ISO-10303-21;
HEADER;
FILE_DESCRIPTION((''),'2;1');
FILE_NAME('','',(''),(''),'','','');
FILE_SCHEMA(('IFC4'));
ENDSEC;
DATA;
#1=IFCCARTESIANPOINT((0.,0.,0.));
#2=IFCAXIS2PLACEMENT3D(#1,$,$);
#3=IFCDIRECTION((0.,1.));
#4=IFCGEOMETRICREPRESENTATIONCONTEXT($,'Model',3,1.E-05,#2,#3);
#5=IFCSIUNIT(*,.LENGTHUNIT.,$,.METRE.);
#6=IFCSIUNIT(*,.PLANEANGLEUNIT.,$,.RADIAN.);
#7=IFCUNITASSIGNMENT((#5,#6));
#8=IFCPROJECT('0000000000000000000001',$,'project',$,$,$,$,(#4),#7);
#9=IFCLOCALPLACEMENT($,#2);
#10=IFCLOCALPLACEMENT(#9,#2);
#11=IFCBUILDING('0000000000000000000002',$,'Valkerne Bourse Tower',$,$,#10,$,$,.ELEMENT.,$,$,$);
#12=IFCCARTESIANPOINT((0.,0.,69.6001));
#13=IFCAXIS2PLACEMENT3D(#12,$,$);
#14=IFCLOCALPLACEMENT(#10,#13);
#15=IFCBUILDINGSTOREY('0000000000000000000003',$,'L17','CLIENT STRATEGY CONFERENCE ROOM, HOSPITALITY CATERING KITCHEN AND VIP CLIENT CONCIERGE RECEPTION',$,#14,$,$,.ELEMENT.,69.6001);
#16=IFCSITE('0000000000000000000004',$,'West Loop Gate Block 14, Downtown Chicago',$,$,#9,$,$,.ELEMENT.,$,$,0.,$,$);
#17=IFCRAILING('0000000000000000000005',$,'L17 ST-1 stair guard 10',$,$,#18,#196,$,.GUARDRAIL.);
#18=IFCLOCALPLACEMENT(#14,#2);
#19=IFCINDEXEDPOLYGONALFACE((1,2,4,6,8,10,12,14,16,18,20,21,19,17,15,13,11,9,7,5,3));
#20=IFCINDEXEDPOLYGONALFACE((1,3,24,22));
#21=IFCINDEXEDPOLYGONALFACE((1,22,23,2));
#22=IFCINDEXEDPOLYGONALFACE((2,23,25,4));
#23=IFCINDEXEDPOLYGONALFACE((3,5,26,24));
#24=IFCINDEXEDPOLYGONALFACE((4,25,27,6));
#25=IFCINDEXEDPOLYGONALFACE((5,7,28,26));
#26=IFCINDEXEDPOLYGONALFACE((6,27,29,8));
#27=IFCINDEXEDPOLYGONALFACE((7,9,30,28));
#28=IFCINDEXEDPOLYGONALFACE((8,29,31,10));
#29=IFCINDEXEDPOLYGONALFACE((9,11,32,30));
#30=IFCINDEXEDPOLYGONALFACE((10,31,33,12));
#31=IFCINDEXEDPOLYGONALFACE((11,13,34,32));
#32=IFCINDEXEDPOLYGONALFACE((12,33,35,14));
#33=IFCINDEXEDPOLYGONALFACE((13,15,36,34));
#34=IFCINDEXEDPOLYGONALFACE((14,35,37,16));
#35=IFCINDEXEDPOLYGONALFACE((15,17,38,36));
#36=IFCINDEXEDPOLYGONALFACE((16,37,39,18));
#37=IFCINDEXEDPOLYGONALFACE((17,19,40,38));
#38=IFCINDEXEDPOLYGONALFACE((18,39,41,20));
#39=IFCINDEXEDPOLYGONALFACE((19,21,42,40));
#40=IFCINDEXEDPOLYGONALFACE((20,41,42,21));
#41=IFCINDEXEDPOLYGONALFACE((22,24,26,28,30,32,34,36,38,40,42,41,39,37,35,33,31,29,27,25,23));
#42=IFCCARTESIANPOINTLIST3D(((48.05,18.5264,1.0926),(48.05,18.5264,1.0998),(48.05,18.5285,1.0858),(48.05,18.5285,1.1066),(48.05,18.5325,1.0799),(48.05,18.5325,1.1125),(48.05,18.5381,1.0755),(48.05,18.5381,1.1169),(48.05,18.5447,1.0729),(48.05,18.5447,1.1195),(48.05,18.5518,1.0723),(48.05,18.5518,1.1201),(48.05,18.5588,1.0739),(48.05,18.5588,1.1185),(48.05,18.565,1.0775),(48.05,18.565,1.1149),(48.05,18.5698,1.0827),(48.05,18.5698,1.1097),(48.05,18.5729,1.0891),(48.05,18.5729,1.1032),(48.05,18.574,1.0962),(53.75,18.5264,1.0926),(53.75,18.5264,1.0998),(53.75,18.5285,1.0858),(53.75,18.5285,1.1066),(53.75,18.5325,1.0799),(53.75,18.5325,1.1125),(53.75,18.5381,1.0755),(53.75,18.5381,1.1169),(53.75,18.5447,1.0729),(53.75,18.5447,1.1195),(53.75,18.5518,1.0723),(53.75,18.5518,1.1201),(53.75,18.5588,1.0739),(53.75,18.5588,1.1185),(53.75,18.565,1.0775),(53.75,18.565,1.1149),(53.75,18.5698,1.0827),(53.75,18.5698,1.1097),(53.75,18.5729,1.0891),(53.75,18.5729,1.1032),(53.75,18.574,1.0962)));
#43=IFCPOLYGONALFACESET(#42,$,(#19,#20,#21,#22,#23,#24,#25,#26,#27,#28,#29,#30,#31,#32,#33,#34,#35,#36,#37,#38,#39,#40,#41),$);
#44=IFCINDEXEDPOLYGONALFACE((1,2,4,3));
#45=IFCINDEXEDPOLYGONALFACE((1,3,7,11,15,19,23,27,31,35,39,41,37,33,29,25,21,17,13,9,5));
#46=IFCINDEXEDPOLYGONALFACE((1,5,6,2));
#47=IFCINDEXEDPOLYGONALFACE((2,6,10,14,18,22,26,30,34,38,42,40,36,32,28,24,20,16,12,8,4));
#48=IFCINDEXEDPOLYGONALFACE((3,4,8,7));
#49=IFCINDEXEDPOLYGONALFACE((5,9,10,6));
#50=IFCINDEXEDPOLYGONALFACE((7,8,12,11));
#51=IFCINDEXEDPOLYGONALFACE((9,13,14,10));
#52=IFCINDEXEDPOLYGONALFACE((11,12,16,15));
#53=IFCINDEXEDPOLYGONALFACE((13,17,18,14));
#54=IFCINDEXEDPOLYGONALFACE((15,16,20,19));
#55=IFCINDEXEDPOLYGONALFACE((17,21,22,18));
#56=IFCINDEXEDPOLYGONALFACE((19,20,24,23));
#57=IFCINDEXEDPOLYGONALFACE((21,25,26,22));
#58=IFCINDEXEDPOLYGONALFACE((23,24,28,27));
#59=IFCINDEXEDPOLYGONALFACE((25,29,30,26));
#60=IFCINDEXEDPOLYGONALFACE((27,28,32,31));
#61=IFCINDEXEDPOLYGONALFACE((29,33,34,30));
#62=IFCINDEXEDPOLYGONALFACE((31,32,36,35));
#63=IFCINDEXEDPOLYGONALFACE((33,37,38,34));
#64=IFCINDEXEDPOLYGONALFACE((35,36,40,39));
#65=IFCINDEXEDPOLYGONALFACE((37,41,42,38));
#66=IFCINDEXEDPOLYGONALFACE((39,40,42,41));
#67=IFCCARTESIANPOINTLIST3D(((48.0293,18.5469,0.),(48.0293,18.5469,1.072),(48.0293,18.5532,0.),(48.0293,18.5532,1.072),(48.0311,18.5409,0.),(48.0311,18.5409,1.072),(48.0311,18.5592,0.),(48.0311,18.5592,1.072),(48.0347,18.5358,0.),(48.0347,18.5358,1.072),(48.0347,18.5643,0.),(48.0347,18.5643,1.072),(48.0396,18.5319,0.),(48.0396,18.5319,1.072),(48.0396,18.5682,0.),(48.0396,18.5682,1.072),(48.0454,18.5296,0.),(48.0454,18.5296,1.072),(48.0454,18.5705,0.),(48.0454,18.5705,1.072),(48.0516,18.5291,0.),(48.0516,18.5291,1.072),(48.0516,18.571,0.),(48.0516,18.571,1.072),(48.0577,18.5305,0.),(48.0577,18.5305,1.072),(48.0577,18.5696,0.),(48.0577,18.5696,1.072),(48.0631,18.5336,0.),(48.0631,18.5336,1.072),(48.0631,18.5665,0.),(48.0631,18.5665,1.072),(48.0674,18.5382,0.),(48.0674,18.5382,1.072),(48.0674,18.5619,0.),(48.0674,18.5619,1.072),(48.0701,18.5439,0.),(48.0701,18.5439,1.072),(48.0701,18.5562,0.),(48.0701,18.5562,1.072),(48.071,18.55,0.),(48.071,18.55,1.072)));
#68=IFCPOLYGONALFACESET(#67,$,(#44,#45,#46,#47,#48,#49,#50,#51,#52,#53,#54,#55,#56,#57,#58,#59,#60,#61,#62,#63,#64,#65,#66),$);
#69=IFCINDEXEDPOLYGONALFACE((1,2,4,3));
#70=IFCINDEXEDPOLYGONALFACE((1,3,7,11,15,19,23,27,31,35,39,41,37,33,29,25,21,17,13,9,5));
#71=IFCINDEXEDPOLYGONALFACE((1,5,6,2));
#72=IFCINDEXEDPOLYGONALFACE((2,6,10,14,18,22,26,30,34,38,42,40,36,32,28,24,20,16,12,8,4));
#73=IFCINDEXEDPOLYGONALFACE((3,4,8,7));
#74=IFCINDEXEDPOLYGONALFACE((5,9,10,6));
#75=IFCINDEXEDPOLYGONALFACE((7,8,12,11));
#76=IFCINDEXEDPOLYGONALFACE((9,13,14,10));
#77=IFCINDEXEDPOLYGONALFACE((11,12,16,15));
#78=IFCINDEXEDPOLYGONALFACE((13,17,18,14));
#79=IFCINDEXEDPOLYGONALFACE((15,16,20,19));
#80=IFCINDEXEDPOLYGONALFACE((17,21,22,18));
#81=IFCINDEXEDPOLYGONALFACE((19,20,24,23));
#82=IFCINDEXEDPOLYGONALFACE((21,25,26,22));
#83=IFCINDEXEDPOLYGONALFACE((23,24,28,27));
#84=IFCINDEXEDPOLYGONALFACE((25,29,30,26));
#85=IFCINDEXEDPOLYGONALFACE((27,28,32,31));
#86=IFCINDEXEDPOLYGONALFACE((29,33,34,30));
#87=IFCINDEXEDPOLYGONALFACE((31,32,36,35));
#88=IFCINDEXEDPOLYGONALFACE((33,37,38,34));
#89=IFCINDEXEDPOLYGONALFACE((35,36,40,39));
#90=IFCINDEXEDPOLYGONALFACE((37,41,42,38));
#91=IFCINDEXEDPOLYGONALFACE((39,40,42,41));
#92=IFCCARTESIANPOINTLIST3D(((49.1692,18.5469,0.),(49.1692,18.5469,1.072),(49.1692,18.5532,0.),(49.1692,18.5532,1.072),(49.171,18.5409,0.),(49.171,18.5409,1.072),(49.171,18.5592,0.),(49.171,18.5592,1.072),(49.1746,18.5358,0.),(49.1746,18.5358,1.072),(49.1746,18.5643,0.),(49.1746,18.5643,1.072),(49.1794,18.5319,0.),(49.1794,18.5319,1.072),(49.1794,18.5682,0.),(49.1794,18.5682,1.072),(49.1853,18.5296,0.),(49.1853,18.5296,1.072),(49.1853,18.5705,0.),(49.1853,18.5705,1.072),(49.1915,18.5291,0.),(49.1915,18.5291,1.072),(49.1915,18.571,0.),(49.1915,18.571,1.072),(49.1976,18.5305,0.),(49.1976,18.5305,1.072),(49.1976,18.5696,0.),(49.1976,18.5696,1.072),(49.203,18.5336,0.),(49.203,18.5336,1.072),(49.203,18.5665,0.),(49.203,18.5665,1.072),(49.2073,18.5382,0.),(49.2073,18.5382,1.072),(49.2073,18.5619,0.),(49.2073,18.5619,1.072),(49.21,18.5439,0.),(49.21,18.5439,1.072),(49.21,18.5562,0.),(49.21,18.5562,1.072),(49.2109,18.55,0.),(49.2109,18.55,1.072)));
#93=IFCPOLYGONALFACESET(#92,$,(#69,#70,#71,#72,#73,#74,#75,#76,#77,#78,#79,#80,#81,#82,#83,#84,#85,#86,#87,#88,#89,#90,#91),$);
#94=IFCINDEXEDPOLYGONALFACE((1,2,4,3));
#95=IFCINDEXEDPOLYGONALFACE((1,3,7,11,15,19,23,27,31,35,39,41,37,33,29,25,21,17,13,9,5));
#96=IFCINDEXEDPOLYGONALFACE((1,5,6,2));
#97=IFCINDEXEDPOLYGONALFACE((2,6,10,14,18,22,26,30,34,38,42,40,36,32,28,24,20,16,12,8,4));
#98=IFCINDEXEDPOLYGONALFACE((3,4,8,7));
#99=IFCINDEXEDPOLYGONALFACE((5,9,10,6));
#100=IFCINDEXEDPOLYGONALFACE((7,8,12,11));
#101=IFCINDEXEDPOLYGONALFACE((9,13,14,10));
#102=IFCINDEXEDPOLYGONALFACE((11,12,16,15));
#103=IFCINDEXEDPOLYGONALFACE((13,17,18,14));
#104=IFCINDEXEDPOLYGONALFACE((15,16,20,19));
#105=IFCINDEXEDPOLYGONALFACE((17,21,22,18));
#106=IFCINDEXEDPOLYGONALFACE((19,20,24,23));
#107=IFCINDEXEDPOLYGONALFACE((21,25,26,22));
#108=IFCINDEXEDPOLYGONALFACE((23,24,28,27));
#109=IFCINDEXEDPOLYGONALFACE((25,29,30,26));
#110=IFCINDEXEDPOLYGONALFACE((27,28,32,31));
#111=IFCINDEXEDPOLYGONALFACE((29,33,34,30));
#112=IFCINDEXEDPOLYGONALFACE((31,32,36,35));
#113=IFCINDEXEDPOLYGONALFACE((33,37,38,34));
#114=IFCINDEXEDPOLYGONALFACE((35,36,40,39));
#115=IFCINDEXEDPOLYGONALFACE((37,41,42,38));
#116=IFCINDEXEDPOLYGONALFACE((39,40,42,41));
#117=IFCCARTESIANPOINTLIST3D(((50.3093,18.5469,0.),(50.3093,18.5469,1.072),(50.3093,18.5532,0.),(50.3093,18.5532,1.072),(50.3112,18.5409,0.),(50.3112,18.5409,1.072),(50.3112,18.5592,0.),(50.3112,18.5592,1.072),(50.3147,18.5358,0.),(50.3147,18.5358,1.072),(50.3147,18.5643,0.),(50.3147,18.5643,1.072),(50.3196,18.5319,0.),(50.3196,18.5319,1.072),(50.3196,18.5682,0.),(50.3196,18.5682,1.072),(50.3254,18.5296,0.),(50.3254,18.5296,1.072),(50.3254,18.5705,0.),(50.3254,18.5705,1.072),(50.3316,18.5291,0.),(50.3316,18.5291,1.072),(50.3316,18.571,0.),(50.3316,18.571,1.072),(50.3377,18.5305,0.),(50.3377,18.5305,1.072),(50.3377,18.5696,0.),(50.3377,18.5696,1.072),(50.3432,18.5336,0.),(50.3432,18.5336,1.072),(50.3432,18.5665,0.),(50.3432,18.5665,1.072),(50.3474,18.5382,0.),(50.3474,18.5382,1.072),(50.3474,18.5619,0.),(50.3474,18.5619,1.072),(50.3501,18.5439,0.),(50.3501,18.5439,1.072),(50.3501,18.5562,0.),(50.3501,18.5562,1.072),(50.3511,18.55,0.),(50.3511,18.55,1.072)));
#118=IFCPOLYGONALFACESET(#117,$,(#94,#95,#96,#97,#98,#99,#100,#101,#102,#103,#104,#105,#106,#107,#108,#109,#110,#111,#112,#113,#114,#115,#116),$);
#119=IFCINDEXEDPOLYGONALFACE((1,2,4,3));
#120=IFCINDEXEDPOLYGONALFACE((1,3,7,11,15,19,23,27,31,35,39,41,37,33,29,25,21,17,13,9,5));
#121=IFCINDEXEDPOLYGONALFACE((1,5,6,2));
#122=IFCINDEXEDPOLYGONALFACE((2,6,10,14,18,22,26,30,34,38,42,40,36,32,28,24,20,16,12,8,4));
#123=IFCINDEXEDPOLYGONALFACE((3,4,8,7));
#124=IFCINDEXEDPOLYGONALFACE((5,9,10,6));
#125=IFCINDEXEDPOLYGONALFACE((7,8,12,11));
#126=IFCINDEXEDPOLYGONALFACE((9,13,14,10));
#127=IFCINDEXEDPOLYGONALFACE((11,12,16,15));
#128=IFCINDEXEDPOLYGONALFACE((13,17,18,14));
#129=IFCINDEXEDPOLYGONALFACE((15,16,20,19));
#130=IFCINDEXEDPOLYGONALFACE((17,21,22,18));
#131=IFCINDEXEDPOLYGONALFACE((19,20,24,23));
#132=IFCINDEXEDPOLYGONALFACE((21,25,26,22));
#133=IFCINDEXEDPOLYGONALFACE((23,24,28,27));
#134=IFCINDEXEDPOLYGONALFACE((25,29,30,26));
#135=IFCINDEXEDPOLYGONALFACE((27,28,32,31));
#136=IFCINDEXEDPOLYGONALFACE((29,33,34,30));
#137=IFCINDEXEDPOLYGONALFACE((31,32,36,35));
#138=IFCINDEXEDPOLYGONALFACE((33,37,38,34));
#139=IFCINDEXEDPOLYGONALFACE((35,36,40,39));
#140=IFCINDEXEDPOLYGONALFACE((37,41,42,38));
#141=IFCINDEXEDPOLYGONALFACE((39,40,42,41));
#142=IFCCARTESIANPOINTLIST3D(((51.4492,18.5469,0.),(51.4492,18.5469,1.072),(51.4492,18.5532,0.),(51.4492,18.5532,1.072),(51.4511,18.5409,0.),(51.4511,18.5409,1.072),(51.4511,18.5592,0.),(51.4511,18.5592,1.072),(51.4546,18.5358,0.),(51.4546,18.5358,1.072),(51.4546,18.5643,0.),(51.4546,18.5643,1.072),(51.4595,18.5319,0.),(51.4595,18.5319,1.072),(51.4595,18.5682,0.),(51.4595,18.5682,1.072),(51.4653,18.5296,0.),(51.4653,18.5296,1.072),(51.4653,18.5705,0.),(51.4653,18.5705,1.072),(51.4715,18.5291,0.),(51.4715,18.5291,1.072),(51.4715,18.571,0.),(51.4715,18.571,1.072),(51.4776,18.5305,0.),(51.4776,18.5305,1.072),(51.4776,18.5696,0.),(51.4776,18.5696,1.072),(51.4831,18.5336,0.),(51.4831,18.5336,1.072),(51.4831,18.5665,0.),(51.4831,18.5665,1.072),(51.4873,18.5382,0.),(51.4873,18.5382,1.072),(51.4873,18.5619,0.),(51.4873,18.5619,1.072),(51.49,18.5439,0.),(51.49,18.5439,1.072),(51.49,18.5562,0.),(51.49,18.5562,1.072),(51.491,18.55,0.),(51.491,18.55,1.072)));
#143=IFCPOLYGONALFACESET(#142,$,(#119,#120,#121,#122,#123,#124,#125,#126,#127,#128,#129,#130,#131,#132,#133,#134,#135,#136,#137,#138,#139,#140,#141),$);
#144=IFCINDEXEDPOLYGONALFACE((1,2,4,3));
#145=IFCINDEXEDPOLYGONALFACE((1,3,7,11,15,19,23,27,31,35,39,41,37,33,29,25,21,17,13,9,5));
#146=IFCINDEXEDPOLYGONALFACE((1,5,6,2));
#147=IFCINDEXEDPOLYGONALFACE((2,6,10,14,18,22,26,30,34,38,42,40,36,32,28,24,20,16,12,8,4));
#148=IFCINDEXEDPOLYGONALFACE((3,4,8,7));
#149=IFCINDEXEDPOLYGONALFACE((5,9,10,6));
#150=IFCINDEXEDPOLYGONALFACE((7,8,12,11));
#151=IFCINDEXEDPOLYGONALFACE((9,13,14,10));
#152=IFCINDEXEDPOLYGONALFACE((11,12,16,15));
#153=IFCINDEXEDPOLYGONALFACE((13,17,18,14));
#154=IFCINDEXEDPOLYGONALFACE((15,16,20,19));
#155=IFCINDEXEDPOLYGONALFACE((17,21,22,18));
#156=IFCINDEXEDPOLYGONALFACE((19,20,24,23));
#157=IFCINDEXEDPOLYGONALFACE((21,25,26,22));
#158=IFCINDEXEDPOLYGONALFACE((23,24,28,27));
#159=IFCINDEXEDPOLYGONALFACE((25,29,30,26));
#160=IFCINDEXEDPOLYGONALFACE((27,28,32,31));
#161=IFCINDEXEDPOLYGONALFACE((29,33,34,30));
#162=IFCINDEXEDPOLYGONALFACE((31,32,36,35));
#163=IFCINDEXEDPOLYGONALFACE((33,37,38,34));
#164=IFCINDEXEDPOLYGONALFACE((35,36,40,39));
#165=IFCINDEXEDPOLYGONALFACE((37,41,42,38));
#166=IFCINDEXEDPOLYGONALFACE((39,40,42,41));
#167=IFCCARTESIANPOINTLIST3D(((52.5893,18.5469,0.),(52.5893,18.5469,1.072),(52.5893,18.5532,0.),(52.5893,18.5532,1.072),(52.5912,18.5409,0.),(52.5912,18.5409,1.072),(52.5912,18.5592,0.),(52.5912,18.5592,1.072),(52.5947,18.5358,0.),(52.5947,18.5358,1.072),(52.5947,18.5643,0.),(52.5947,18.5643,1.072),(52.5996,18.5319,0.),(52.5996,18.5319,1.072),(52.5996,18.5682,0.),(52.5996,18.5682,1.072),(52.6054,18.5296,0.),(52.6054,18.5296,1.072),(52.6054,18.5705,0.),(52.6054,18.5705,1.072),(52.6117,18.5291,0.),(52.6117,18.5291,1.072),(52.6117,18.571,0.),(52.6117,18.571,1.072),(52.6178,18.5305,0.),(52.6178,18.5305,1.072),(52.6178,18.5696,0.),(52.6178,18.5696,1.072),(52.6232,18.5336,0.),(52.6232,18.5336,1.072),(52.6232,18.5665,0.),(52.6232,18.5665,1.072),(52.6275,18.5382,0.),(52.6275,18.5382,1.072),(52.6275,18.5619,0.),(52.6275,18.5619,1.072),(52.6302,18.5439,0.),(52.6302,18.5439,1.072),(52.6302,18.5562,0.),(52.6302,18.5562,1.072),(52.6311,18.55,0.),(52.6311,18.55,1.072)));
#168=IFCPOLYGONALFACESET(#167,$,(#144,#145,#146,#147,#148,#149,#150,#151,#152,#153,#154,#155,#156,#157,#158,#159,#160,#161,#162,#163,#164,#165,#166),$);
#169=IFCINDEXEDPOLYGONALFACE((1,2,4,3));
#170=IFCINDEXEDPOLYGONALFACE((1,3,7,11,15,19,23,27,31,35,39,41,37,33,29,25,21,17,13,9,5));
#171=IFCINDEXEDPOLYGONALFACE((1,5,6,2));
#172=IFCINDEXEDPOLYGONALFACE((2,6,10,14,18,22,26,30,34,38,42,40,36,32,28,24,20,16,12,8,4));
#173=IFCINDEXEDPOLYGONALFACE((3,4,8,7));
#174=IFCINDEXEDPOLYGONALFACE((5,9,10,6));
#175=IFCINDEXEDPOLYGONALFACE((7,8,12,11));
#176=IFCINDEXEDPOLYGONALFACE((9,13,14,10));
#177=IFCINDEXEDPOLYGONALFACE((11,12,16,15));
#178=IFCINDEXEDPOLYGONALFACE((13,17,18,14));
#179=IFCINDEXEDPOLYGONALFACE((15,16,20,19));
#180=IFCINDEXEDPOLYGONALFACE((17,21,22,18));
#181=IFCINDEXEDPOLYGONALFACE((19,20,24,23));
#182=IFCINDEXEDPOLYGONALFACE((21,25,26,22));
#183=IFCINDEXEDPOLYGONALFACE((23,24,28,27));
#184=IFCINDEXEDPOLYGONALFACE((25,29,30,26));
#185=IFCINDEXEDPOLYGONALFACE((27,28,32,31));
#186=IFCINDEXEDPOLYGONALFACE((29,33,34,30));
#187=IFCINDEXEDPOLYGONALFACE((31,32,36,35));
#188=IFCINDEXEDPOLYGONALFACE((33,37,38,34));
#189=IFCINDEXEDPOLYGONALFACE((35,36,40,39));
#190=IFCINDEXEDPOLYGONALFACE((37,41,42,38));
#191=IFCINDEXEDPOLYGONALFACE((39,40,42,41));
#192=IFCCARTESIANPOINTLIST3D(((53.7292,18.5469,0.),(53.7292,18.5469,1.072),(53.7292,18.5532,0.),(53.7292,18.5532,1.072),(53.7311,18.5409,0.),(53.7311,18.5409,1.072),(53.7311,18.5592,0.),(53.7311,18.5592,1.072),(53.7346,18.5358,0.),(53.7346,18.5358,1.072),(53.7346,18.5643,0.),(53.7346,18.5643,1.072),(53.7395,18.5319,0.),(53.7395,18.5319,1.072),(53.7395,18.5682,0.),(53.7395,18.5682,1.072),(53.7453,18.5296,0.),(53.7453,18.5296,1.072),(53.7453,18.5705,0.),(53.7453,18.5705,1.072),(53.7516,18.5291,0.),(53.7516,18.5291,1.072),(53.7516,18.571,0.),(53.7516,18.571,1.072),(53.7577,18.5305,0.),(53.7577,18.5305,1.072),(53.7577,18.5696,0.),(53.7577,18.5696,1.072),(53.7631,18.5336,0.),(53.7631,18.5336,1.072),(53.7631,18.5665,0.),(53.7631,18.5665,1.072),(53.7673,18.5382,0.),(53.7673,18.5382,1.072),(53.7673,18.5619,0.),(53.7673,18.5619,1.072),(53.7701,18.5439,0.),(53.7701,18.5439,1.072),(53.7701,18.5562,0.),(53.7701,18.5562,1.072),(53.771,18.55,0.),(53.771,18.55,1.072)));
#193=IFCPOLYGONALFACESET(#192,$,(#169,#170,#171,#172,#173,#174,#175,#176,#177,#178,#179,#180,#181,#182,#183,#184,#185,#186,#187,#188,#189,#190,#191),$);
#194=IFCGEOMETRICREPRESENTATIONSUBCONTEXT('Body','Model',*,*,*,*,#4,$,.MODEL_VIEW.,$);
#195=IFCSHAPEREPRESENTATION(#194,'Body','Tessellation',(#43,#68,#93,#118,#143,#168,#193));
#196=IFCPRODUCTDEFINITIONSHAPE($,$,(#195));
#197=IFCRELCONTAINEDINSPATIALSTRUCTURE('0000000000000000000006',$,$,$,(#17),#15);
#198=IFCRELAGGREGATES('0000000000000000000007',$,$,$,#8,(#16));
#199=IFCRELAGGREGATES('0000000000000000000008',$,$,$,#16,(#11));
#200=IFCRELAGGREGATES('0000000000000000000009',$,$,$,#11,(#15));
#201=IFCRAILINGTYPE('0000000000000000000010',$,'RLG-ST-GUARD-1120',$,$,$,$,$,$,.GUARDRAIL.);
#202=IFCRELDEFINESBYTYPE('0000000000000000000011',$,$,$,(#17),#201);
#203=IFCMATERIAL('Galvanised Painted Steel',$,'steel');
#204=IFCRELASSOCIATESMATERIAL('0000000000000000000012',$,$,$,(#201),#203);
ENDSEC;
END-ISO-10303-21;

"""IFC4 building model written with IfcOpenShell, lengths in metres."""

from ifc_helpers import new_model, si_unit, direction, frame, origin, origin_2d, place, context, subcontext, project, spatial, circle, extrude, material, type_object, element, save


model = new_model("IFC4")

# Units and contexts
model_context = context("Model", 3, precision=1e-05, world=origin(), true_north=direction((0.0, 1.0)))
body_context = subcontext(model_context, "Body", "Model", "MODEL_VIEW")
ifc_project = project(units=[si_unit("LENGTHUNIT", "METRE"), si_unit("PLANEANGLEUNIT", "RADIAN")], contexts=[model_context])

# Site, building, storey
site_placement = place(None, origin())
site = spatial("IfcSite", under=ifc_project, at=site_placement, Name="West Loop Gate Block 14, Downtown Chicago", CompositionType="ELEMENT", RefElevation=0.0)
building_placement = place(site_placement, origin())
building = spatial("IfcBuilding", under=site, at=building_placement, Name="Valkerne Bourse Tower", CompositionType="ELEMENT")
storey_placement = place(building_placement, frame((0.0, 0.0, 69.6001)))
storey = spatial("IfcBuildingStorey", under=building, at=storey_placement, Name="L17", Description="CLIENT STRATEGY CONFERENCE ROOM, HOSPITALITY CATERING KITCHEN AND VIP CLIENT CONCIERGE RECEPTION", CompositionType="ELEMENT", Elevation=69.6001)

# Shared definitions
ifc_material_1 = material(Name="Galvanised Painted Steel", Category="steel")

# Railing
railing_type_1 = type_object("IfcRailingType", Name="RLG-ST-GUARD-1120", PredefinedType="GUARDRAIL", material=ifc_material_1)
for number, where, name in (
    (1, (48.05, 18.55, 0.0), "L17 ST-1 stair guard 10"),
):
    element("IfcRailing", number, at=place(storey_placement, frame(where)), inside=storey, type_object=railing_type_1, Name=name, PredefinedType="GUARDRAIL", context=body_context, shape_type="SweptSolid", body=[
        extrude(circle(Radius=0.0239, at=origin_2d()), frame((0.0, 0.0, 1.0962), z_axis=(1.0, 0.0, 0.0), x_axis=(0.0, 1.0, 0.0)), (0.0, 0.0, 1.0), 5.7),
        extrude(circle(Radius=0.021, at=origin_2d()), origin(), (0.0, 0.0, 1.0), 1.072),
        extrude(circle(Radius=0.021, at=origin_2d()), frame((1.1399, 0.0, 0.0)), (0.0, 0.0, 1.0), 1.072),
        extrude(circle(Radius=0.021, at=origin_2d()), frame((2.28, 0.0, 0.0)), (0.0, 0.0, 1.0), 1.072),
        extrude(circle(Radius=0.021, at=origin_2d()), frame((3.4199, 0.0, 0.0)), (0.0, 0.0, 1.0), 1.072),
        extrude(circle(Radius=0.021, at=origin_2d()), frame((4.5601, 0.0, 0.0)), (0.0, 0.0, 1.0), 1.072),
        extrude(circle(Radius=0.021, at=origin_2d()), frame((5.7, 0.0, 0.0)), (0.0, 0.0, 1.0), 1.072),
    ])

save(model, "model.ifc")
